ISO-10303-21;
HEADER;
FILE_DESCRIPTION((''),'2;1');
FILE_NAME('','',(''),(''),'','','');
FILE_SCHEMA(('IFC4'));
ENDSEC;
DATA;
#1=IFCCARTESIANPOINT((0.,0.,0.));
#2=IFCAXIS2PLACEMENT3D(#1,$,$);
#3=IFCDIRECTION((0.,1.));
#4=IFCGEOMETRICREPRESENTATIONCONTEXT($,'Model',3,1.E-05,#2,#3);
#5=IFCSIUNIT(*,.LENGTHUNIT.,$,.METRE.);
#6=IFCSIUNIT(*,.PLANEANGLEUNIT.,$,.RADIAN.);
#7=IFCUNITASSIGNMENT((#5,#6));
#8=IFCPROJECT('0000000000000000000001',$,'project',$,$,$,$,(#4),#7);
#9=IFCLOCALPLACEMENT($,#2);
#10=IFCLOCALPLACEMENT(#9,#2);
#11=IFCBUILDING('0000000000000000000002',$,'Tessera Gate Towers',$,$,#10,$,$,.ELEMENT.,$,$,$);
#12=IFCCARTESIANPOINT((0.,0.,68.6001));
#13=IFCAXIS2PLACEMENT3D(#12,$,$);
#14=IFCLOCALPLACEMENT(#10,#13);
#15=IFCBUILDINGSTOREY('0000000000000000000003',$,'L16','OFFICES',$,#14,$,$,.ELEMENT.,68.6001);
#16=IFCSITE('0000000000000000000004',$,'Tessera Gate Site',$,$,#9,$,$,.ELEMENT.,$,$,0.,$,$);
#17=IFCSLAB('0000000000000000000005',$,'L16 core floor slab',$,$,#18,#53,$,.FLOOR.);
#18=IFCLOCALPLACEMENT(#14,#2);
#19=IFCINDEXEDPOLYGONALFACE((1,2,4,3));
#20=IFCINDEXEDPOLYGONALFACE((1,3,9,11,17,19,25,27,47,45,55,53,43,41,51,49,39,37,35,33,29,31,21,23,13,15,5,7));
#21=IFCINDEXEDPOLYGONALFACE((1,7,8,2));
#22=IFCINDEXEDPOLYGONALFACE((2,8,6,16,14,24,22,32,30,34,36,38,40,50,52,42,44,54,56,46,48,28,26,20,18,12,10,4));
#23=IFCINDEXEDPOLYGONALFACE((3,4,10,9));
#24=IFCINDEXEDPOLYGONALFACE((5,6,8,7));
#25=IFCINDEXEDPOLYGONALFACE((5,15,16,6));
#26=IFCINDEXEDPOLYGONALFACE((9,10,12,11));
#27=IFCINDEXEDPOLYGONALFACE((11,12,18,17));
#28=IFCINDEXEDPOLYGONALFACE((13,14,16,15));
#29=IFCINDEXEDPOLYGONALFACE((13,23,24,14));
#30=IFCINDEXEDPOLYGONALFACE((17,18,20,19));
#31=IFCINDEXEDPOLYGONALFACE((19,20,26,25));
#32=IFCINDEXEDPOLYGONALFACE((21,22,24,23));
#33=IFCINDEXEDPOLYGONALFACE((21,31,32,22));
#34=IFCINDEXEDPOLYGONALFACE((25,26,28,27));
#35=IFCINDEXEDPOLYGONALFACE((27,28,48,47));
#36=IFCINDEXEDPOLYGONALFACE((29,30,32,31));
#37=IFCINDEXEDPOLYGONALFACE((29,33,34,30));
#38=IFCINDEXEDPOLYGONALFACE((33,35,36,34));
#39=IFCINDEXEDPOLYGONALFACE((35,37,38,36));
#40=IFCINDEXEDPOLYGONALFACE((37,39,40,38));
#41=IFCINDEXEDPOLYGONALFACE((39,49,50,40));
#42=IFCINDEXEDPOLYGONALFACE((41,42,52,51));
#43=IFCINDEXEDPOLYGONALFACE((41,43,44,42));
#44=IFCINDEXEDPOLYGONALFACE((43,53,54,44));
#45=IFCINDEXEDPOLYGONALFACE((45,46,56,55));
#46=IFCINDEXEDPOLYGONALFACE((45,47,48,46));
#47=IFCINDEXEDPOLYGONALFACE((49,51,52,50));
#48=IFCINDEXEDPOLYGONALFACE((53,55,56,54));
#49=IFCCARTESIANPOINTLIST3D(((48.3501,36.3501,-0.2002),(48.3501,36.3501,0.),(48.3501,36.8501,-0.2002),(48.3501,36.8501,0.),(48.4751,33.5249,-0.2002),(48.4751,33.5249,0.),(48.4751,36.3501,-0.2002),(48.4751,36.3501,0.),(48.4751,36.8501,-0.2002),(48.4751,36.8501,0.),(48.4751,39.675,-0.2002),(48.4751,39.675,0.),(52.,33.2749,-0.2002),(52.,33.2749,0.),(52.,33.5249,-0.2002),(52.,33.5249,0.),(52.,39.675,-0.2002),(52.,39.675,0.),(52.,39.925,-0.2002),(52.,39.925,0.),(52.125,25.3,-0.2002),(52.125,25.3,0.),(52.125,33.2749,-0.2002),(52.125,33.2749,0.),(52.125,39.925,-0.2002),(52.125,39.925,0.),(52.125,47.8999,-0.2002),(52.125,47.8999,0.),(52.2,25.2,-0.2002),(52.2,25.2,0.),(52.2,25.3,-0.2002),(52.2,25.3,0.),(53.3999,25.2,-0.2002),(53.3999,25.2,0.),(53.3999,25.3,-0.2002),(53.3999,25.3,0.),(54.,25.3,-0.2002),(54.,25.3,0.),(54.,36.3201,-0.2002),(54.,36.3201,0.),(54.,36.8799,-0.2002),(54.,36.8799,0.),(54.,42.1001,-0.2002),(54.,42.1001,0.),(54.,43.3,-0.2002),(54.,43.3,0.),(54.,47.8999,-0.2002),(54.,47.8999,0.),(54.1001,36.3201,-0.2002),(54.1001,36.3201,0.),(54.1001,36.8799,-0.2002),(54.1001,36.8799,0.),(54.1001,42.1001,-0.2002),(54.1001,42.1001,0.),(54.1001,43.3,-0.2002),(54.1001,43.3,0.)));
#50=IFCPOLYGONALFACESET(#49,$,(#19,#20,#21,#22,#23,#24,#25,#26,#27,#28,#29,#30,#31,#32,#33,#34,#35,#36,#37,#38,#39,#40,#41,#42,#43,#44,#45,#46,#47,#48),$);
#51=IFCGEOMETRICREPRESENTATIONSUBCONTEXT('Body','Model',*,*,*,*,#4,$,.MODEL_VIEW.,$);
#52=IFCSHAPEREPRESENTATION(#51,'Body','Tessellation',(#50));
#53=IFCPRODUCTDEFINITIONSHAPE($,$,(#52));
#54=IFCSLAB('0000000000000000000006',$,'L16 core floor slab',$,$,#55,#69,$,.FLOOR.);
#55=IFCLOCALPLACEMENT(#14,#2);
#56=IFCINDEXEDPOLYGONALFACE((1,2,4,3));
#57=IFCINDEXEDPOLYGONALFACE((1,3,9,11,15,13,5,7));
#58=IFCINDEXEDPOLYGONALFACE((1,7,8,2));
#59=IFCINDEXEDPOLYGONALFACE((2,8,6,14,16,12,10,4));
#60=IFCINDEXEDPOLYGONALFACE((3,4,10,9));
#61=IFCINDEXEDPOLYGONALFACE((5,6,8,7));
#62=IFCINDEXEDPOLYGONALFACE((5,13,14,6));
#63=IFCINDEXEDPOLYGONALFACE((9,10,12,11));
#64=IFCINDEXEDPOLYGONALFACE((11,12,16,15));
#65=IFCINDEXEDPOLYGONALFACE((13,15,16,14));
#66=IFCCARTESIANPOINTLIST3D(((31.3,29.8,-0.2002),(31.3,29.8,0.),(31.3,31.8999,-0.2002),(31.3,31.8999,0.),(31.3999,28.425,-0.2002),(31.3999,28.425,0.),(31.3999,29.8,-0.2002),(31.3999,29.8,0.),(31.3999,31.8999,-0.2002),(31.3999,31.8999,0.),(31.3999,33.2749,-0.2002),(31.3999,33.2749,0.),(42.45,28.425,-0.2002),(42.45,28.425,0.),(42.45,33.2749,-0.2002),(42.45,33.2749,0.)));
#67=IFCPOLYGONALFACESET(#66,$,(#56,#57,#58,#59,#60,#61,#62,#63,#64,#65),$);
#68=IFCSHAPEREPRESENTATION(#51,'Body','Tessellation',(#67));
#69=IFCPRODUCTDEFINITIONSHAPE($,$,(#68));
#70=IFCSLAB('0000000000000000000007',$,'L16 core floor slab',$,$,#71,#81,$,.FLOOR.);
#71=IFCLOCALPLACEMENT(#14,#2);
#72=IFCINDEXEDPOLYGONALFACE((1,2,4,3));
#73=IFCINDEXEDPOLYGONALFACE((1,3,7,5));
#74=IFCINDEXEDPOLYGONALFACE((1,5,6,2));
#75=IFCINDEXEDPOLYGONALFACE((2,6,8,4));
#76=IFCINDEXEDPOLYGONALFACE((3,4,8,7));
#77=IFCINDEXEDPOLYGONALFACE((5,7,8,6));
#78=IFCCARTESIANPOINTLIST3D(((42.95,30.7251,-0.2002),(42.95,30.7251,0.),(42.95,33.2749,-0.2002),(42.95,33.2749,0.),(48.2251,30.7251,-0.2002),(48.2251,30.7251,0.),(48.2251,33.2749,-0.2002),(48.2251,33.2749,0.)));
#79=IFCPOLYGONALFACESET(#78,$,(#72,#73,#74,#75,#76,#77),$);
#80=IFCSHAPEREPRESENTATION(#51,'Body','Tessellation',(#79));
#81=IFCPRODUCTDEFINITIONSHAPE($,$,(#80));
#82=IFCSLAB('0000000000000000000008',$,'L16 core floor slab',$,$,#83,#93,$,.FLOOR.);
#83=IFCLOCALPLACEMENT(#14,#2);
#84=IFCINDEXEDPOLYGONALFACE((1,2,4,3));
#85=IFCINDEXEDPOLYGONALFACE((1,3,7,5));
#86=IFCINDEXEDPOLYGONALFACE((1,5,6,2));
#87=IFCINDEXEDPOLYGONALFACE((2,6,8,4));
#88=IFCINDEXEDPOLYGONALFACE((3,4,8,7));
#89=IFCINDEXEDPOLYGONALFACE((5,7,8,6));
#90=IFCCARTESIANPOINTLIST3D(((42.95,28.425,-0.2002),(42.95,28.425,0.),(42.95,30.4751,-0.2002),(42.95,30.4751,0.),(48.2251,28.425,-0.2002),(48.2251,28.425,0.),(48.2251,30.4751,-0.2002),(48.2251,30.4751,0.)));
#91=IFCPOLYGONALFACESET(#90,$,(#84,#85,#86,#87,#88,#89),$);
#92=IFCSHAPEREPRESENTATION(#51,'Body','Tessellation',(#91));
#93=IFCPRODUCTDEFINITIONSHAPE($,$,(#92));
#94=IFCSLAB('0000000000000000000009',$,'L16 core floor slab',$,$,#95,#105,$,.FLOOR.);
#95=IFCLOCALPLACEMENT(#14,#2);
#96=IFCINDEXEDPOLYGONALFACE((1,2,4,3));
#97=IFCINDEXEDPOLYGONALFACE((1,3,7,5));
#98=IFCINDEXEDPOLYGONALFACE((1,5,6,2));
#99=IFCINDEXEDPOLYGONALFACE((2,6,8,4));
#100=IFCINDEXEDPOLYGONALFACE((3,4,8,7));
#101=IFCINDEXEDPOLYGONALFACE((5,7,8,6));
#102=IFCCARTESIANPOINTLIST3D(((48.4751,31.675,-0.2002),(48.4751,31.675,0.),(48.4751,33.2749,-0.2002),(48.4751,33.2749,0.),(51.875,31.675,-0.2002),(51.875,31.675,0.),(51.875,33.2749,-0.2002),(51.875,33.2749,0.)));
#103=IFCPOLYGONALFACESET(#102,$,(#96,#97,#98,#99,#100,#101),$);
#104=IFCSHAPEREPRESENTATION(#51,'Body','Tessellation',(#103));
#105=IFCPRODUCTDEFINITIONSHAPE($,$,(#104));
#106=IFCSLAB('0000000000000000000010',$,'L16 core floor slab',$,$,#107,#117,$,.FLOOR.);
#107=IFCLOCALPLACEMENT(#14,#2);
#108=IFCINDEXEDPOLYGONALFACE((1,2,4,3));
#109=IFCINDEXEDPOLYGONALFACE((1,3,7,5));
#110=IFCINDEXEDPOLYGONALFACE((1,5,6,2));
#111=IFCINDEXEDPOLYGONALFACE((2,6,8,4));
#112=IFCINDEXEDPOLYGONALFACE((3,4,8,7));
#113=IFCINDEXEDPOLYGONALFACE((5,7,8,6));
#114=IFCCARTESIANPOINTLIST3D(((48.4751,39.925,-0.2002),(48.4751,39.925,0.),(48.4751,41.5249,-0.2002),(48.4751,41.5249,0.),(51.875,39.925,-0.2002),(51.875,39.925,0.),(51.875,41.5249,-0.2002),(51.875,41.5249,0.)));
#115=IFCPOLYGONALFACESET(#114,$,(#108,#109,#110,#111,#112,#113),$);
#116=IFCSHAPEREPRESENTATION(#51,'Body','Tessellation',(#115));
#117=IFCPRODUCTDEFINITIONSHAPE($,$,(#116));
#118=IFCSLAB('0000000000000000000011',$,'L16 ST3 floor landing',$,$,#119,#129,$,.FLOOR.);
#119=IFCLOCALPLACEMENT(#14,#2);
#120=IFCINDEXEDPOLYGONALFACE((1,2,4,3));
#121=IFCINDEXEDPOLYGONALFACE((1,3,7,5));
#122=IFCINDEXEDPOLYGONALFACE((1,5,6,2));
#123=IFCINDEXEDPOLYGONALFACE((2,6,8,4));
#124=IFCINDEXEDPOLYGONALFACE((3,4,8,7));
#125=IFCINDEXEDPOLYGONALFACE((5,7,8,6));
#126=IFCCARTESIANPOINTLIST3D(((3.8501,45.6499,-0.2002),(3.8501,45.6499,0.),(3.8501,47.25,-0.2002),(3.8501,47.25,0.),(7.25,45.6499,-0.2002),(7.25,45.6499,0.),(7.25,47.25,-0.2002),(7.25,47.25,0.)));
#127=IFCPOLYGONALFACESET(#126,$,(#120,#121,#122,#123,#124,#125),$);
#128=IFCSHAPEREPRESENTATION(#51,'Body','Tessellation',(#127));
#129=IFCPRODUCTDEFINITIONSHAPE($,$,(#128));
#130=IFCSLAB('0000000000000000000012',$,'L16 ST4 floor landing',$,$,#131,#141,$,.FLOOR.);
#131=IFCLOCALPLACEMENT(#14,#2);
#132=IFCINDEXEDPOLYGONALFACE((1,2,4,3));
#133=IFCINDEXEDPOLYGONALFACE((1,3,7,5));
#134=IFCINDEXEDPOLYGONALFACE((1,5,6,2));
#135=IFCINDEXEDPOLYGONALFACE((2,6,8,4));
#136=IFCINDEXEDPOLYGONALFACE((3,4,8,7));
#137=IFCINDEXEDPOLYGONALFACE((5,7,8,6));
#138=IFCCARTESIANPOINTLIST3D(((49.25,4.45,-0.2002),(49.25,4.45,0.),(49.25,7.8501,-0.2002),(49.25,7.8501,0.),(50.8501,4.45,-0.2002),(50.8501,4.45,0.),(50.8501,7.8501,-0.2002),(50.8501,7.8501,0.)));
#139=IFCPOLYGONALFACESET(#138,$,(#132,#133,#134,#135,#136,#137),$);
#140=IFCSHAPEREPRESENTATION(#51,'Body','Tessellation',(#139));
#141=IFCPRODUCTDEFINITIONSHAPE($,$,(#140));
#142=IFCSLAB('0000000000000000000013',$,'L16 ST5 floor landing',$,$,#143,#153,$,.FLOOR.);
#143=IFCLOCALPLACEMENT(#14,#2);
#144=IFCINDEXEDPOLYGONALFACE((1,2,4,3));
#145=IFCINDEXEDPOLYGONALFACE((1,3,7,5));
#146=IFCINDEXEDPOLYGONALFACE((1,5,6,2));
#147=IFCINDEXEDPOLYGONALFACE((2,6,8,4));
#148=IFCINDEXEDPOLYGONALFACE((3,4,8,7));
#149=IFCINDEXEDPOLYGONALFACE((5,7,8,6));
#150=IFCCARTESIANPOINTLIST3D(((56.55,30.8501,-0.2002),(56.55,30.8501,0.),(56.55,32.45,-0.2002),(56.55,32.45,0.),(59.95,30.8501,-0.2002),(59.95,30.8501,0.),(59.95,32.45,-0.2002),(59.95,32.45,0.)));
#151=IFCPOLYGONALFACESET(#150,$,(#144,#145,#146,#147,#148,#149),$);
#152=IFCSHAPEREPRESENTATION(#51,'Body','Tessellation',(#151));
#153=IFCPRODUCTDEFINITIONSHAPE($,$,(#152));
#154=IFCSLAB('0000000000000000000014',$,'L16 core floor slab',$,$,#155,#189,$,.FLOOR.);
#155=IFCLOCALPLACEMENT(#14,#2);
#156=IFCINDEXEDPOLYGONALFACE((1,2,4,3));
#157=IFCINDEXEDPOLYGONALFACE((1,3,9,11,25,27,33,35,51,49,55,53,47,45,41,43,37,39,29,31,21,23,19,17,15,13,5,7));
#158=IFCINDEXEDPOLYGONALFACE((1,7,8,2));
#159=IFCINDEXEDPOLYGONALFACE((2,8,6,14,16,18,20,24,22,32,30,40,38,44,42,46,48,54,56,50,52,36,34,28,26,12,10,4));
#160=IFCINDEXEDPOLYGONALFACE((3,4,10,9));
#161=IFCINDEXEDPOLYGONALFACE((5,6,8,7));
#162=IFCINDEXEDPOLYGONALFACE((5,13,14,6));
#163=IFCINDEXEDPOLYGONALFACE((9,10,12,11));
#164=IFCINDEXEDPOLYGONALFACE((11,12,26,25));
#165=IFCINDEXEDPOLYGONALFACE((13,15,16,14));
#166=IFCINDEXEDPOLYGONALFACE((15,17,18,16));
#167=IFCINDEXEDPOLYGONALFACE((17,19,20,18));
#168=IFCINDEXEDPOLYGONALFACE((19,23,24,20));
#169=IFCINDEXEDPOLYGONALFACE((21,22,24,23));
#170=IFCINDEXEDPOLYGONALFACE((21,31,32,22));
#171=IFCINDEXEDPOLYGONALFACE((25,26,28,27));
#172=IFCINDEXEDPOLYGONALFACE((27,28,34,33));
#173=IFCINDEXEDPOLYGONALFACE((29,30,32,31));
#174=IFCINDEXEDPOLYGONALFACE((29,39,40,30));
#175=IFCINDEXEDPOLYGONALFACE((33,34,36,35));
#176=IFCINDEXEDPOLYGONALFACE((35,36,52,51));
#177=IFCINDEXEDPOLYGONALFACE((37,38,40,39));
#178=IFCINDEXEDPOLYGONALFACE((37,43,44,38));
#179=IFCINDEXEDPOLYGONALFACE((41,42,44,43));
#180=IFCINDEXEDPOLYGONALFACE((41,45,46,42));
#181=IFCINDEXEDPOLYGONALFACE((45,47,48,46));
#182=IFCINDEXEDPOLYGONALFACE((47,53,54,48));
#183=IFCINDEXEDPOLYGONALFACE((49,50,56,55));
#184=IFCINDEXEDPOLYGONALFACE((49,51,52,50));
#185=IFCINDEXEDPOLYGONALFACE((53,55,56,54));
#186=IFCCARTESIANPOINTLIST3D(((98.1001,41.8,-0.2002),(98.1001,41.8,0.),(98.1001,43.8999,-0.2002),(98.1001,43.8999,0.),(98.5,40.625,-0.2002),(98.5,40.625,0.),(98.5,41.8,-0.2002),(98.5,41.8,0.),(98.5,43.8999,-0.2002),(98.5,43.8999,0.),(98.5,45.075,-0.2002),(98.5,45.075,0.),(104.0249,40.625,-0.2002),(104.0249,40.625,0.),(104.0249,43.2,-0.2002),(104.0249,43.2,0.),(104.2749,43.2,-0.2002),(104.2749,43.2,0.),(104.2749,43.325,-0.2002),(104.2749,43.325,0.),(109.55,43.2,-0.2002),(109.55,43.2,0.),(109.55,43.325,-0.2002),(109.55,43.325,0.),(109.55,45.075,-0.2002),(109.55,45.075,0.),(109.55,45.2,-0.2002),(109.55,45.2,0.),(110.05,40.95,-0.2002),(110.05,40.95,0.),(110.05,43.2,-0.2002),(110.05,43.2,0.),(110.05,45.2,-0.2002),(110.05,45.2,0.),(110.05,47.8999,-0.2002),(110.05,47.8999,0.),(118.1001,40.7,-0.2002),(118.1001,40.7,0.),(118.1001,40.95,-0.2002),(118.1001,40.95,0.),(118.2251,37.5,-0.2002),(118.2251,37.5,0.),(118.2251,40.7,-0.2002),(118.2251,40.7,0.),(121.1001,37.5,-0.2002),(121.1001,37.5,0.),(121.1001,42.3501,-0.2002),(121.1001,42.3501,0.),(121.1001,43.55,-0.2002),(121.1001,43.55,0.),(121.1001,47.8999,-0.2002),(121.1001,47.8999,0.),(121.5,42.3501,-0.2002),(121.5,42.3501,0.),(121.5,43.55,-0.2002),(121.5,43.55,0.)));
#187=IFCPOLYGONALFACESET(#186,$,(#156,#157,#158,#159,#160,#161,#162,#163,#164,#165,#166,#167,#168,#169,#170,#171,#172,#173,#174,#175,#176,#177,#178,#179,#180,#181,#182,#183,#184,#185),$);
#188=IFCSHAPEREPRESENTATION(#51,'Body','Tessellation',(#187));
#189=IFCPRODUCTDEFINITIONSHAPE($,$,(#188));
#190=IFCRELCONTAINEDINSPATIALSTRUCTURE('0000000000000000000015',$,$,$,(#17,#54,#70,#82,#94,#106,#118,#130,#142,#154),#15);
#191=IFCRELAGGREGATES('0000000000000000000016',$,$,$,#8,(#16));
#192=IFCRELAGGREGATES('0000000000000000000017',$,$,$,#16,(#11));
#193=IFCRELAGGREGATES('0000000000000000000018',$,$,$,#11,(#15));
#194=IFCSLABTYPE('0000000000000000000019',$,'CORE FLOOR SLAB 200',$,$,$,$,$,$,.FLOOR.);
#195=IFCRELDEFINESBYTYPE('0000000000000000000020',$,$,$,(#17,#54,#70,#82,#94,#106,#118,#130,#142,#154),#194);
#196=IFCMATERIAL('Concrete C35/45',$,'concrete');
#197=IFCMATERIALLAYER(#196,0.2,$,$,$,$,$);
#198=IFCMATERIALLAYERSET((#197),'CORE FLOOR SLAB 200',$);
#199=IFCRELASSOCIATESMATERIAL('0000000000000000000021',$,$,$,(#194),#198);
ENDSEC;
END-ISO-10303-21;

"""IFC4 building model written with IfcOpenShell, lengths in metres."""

from ifc_helpers import new_model, si_unit, direction, frame, origin, place, context, subcontext, project, spatial, polyline, outline, extrude, material, layer, layer_set, type_object, element, save


model = new_model("IFC4")

# Units and contexts
model_context = context("Model", 3, precision=1e-05, world=origin(), true_north=direction((0.0, 1.0)))
body_context = subcontext(model_context, "Body", "Model", "MODEL_VIEW")
ifc_project = project(units=[si_unit("LENGTHUNIT", "METRE"), si_unit("PLANEANGLEUNIT", "RADIAN")], contexts=[model_context])

# Site, building, storey
site_placement = place(None, origin())
site = spatial("IfcSite", under=ifc_project, at=site_placement, Name="Tessera Gate Site", CompositionType="ELEMENT", RefElevation=0.0)
building_placement = place(site_placement, origin())
building = spatial("IfcBuilding", under=site, at=building_placement, Name="Tessera Gate Towers", CompositionType="ELEMENT")
storey_placement = place(building_placement, frame((0.0, 0.0, 68.6001)))
storey = spatial("IfcBuildingStorey", under=building, at=storey_placement, Name="L16", Description="OFFICES", CompositionType="ELEMENT", Elevation=68.6001)

# Slabs
ifc_material_1 = material(Name="Concrete C35/45", Category="concrete")
ifc_layer_1 = layer(ifc_material_1, 0.2)
ifc_layer_set_1 = layer_set([ifc_layer_1], Name="CORE FLOOR SLAB 200")
slab_type_1 = type_object("IfcSlabType", Name="CORE FLOOR SLAB 200", PredefinedType="FLOOR", material=ifc_layer_set_1)
slab_1_placement = place(storey_placement, frame((0.0, 0.0, -0.2002)))
element("IfcSlab", 1, at=slab_1_placement, inside=storey, type_object=slab_type_1, Name="L16 core floor slab", PredefinedType="FLOOR", context=body_context, shape_type="SweptSolid", body=[
    extrude(outline(polyline([(52.2, 25.2), (53.3999, 25.2), (53.3999, 25.3), (54.0, 25.3), (54.0, 36.3201), (54.1001, 36.3201), (54.1001, 36.8799), (54.0, 36.8799), (54.0, 42.1001), (54.1001, 42.1001), (54.1001, 43.3), (54.0, 43.3), (54.0, 47.8999), (52.125, 47.8999), (52.125, 39.925), (52.0, 39.925), (52.0, 39.675), (48.4751, 39.675), (48.4751, 36.8501), (48.3501, 36.8501), (48.3501, 36.3501), (48.4751, 36.3501), (48.4751, 33.5249), (52.0, 33.5249), (52.0, 33.2749), (52.125, 33.2749), (52.125, 25.3), (52.2, 25.3), (52.2, 25.2)])), origin(), (0.0, 0.0, 1.0), 0.2002),
])
slab_2_placement = place(storey_placement, frame((0.0, 0.0, -0.2002)))
element("IfcSlab", 2, at=slab_2_placement, inside=storey, type_object=slab_type_1, Name="L16 core floor slab", PredefinedType="FLOOR", context=body_context, shape_type="SweptSolid", body=[
    extrude(outline(polyline([(31.3999, 29.8), (31.3999, 28.425), (42.45, 28.425), (42.45, 33.2749), (31.3999, 33.2749), (31.3999, 31.8999), (31.3, 31.8999), (31.3, 29.8), (31.3999, 29.8)])), origin(), (0.0, 0.0, 1.0), 0.2002),
])
slab_3_placement = place(storey_placement, frame((0.0, 0.0, -0.2002)))
element("IfcSlab", 3, at=slab_3_placement, inside=storey, type_object=slab_type_1, Name="L16 core floor slab", PredefinedType="FLOOR", context=body_context, shape_type="SweptSolid", body=[
    extrude(outline(polyline([(42.95, 33.2749), (42.95, 30.7251), (48.2251, 30.7251), (48.2251, 33.2749), (42.95, 33.2749)])), origin(), (0.0, 0.0, 1.0), 0.2002),
])
slab_4_placement = place(storey_placement, frame((0.0, 0.0, -0.2002)))
element("IfcSlab", 4, at=slab_4_placement, inside=storey, type_object=slab_type_1, Name="L16 core floor slab", PredefinedType="FLOOR", context=body_context, shape_type="SweptSolid", body=[
    extrude(outline(polyline([(42.95, 30.4751), (42.95, 28.425), (48.2251, 28.425), (48.2251, 30.4751), (42.95, 30.4751)])), origin(), (0.0, 0.0, 1.0), 0.2002),
])
slab_5_placement = place(storey_placement, frame((0.0, 0.0, -0.2002)))
element("IfcSlab", 5, at=slab_5_placement, inside=storey, type_object=slab_type_1, Name="L16 core floor slab", PredefinedType="FLOOR", context=body_context, shape_type="SweptSolid", body=[
    extrude(outline(polyline([(51.875, 31.675), (51.875, 33.2749), (48.4751, 33.2749), (48.4751, 31.675), (51.875, 31.675)])), origin(), (0.0, 0.0, 1.0), 0.2002),
])
slab_6_placement = place(storey_placement, frame((0.0, 0.0, -0.2002)))
element("IfcSlab", 6, at=slab_6_placement, inside=storey, type_object=slab_type_1, Name="L16 core floor slab", PredefinedType="FLOOR", context=body_context, shape_type="SweptSolid", body=[
    extrude(outline(polyline([(48.4751, 41.5249), (48.4751, 39.925), (51.875, 39.925), (51.875, 41.5249), (48.4751, 41.5249)])), origin(), (0.0, 0.0, 1.0), 0.2002),
])
slab_7_placement = place(storey_placement, frame((0.0, 0.0, -0.2002)))
element("IfcSlab", 7, at=slab_7_placement, inside=storey, type_object=slab_type_1, Name="L16 ST3 floor landing", PredefinedType="FLOOR", context=body_context, shape_type="SweptSolid", body=[
    extrude(outline(polyline([(3.8501, 47.25), (3.8501, 45.6499), (7.25, 45.6499), (7.25, 47.25), (3.8501, 47.25)])), origin(), (0.0, 0.0, 1.0), 0.2002),
])
slab_8_placement = place(storey_placement, frame((0.0, 0.0, -0.2002)))
element("IfcSlab", 8, at=slab_8_placement, inside=storey, type_object=slab_type_1, Name="L16 ST4 floor landing", PredefinedType="FLOOR", context=body_context, shape_type="SweptSolid", body=[
    extrude(outline(polyline([(49.25, 4.45), (50.8501, 4.45), (50.8501, 7.8501), (49.25, 7.8501), (49.25, 4.45)])), origin(), (0.0, 0.0, 1.0), 0.2002),
])
slab_9_placement = place(storey_placement, frame((0.0, 0.0, -0.2002)))
element("IfcSlab", 9, at=slab_9_placement, inside=storey, type_object=slab_type_1, Name="L16 ST5 floor landing", PredefinedType="FLOOR", context=body_context, shape_type="SweptSolid", body=[
    extrude(outline(polyline([(59.95, 30.8501), (59.95, 32.45), (56.55, 32.45), (56.55, 30.8501), (59.95, 30.8501)])), origin(), (0.0, 0.0, 1.0), 0.2002),
])
slab_10_placement = place(storey_placement, frame((0.0, 0.0, -0.2002)))
element("IfcSlab", 10, at=slab_10_placement, inside=storey, type_object=slab_type_1, Name="L16 core floor slab", PredefinedType="FLOOR", context=body_context, shape_type="SweptSolid", body=[
    extrude(outline(polyline([(109.55, 45.2), (109.55, 45.075), (98.5, 45.075), (98.5, 43.8999), (98.1001, 43.8999), (98.1001, 41.8), (98.5, 41.8), (98.5, 40.625), (104.0249, 40.625), (104.0249, 43.2), (104.2749, 43.2), (104.2749, 43.325), (109.55, 43.325), (109.55, 43.2), (110.05, 43.2), (110.05, 40.95), (118.1001, 40.95), (118.1001, 40.7), (118.2251, 40.7), (118.2251, 37.5), (121.1001, 37.5), (121.1001, 42.3501), (121.5, 42.3501), (121.5, 43.55), (121.1001, 43.55), (121.1001, 47.8999), (110.05, 47.8999), (110.05, 45.2), (109.55, 45.2)])), origin(), (0.0, 0.0, 1.0), 0.2002),
])

save(model, "model.ifc")
